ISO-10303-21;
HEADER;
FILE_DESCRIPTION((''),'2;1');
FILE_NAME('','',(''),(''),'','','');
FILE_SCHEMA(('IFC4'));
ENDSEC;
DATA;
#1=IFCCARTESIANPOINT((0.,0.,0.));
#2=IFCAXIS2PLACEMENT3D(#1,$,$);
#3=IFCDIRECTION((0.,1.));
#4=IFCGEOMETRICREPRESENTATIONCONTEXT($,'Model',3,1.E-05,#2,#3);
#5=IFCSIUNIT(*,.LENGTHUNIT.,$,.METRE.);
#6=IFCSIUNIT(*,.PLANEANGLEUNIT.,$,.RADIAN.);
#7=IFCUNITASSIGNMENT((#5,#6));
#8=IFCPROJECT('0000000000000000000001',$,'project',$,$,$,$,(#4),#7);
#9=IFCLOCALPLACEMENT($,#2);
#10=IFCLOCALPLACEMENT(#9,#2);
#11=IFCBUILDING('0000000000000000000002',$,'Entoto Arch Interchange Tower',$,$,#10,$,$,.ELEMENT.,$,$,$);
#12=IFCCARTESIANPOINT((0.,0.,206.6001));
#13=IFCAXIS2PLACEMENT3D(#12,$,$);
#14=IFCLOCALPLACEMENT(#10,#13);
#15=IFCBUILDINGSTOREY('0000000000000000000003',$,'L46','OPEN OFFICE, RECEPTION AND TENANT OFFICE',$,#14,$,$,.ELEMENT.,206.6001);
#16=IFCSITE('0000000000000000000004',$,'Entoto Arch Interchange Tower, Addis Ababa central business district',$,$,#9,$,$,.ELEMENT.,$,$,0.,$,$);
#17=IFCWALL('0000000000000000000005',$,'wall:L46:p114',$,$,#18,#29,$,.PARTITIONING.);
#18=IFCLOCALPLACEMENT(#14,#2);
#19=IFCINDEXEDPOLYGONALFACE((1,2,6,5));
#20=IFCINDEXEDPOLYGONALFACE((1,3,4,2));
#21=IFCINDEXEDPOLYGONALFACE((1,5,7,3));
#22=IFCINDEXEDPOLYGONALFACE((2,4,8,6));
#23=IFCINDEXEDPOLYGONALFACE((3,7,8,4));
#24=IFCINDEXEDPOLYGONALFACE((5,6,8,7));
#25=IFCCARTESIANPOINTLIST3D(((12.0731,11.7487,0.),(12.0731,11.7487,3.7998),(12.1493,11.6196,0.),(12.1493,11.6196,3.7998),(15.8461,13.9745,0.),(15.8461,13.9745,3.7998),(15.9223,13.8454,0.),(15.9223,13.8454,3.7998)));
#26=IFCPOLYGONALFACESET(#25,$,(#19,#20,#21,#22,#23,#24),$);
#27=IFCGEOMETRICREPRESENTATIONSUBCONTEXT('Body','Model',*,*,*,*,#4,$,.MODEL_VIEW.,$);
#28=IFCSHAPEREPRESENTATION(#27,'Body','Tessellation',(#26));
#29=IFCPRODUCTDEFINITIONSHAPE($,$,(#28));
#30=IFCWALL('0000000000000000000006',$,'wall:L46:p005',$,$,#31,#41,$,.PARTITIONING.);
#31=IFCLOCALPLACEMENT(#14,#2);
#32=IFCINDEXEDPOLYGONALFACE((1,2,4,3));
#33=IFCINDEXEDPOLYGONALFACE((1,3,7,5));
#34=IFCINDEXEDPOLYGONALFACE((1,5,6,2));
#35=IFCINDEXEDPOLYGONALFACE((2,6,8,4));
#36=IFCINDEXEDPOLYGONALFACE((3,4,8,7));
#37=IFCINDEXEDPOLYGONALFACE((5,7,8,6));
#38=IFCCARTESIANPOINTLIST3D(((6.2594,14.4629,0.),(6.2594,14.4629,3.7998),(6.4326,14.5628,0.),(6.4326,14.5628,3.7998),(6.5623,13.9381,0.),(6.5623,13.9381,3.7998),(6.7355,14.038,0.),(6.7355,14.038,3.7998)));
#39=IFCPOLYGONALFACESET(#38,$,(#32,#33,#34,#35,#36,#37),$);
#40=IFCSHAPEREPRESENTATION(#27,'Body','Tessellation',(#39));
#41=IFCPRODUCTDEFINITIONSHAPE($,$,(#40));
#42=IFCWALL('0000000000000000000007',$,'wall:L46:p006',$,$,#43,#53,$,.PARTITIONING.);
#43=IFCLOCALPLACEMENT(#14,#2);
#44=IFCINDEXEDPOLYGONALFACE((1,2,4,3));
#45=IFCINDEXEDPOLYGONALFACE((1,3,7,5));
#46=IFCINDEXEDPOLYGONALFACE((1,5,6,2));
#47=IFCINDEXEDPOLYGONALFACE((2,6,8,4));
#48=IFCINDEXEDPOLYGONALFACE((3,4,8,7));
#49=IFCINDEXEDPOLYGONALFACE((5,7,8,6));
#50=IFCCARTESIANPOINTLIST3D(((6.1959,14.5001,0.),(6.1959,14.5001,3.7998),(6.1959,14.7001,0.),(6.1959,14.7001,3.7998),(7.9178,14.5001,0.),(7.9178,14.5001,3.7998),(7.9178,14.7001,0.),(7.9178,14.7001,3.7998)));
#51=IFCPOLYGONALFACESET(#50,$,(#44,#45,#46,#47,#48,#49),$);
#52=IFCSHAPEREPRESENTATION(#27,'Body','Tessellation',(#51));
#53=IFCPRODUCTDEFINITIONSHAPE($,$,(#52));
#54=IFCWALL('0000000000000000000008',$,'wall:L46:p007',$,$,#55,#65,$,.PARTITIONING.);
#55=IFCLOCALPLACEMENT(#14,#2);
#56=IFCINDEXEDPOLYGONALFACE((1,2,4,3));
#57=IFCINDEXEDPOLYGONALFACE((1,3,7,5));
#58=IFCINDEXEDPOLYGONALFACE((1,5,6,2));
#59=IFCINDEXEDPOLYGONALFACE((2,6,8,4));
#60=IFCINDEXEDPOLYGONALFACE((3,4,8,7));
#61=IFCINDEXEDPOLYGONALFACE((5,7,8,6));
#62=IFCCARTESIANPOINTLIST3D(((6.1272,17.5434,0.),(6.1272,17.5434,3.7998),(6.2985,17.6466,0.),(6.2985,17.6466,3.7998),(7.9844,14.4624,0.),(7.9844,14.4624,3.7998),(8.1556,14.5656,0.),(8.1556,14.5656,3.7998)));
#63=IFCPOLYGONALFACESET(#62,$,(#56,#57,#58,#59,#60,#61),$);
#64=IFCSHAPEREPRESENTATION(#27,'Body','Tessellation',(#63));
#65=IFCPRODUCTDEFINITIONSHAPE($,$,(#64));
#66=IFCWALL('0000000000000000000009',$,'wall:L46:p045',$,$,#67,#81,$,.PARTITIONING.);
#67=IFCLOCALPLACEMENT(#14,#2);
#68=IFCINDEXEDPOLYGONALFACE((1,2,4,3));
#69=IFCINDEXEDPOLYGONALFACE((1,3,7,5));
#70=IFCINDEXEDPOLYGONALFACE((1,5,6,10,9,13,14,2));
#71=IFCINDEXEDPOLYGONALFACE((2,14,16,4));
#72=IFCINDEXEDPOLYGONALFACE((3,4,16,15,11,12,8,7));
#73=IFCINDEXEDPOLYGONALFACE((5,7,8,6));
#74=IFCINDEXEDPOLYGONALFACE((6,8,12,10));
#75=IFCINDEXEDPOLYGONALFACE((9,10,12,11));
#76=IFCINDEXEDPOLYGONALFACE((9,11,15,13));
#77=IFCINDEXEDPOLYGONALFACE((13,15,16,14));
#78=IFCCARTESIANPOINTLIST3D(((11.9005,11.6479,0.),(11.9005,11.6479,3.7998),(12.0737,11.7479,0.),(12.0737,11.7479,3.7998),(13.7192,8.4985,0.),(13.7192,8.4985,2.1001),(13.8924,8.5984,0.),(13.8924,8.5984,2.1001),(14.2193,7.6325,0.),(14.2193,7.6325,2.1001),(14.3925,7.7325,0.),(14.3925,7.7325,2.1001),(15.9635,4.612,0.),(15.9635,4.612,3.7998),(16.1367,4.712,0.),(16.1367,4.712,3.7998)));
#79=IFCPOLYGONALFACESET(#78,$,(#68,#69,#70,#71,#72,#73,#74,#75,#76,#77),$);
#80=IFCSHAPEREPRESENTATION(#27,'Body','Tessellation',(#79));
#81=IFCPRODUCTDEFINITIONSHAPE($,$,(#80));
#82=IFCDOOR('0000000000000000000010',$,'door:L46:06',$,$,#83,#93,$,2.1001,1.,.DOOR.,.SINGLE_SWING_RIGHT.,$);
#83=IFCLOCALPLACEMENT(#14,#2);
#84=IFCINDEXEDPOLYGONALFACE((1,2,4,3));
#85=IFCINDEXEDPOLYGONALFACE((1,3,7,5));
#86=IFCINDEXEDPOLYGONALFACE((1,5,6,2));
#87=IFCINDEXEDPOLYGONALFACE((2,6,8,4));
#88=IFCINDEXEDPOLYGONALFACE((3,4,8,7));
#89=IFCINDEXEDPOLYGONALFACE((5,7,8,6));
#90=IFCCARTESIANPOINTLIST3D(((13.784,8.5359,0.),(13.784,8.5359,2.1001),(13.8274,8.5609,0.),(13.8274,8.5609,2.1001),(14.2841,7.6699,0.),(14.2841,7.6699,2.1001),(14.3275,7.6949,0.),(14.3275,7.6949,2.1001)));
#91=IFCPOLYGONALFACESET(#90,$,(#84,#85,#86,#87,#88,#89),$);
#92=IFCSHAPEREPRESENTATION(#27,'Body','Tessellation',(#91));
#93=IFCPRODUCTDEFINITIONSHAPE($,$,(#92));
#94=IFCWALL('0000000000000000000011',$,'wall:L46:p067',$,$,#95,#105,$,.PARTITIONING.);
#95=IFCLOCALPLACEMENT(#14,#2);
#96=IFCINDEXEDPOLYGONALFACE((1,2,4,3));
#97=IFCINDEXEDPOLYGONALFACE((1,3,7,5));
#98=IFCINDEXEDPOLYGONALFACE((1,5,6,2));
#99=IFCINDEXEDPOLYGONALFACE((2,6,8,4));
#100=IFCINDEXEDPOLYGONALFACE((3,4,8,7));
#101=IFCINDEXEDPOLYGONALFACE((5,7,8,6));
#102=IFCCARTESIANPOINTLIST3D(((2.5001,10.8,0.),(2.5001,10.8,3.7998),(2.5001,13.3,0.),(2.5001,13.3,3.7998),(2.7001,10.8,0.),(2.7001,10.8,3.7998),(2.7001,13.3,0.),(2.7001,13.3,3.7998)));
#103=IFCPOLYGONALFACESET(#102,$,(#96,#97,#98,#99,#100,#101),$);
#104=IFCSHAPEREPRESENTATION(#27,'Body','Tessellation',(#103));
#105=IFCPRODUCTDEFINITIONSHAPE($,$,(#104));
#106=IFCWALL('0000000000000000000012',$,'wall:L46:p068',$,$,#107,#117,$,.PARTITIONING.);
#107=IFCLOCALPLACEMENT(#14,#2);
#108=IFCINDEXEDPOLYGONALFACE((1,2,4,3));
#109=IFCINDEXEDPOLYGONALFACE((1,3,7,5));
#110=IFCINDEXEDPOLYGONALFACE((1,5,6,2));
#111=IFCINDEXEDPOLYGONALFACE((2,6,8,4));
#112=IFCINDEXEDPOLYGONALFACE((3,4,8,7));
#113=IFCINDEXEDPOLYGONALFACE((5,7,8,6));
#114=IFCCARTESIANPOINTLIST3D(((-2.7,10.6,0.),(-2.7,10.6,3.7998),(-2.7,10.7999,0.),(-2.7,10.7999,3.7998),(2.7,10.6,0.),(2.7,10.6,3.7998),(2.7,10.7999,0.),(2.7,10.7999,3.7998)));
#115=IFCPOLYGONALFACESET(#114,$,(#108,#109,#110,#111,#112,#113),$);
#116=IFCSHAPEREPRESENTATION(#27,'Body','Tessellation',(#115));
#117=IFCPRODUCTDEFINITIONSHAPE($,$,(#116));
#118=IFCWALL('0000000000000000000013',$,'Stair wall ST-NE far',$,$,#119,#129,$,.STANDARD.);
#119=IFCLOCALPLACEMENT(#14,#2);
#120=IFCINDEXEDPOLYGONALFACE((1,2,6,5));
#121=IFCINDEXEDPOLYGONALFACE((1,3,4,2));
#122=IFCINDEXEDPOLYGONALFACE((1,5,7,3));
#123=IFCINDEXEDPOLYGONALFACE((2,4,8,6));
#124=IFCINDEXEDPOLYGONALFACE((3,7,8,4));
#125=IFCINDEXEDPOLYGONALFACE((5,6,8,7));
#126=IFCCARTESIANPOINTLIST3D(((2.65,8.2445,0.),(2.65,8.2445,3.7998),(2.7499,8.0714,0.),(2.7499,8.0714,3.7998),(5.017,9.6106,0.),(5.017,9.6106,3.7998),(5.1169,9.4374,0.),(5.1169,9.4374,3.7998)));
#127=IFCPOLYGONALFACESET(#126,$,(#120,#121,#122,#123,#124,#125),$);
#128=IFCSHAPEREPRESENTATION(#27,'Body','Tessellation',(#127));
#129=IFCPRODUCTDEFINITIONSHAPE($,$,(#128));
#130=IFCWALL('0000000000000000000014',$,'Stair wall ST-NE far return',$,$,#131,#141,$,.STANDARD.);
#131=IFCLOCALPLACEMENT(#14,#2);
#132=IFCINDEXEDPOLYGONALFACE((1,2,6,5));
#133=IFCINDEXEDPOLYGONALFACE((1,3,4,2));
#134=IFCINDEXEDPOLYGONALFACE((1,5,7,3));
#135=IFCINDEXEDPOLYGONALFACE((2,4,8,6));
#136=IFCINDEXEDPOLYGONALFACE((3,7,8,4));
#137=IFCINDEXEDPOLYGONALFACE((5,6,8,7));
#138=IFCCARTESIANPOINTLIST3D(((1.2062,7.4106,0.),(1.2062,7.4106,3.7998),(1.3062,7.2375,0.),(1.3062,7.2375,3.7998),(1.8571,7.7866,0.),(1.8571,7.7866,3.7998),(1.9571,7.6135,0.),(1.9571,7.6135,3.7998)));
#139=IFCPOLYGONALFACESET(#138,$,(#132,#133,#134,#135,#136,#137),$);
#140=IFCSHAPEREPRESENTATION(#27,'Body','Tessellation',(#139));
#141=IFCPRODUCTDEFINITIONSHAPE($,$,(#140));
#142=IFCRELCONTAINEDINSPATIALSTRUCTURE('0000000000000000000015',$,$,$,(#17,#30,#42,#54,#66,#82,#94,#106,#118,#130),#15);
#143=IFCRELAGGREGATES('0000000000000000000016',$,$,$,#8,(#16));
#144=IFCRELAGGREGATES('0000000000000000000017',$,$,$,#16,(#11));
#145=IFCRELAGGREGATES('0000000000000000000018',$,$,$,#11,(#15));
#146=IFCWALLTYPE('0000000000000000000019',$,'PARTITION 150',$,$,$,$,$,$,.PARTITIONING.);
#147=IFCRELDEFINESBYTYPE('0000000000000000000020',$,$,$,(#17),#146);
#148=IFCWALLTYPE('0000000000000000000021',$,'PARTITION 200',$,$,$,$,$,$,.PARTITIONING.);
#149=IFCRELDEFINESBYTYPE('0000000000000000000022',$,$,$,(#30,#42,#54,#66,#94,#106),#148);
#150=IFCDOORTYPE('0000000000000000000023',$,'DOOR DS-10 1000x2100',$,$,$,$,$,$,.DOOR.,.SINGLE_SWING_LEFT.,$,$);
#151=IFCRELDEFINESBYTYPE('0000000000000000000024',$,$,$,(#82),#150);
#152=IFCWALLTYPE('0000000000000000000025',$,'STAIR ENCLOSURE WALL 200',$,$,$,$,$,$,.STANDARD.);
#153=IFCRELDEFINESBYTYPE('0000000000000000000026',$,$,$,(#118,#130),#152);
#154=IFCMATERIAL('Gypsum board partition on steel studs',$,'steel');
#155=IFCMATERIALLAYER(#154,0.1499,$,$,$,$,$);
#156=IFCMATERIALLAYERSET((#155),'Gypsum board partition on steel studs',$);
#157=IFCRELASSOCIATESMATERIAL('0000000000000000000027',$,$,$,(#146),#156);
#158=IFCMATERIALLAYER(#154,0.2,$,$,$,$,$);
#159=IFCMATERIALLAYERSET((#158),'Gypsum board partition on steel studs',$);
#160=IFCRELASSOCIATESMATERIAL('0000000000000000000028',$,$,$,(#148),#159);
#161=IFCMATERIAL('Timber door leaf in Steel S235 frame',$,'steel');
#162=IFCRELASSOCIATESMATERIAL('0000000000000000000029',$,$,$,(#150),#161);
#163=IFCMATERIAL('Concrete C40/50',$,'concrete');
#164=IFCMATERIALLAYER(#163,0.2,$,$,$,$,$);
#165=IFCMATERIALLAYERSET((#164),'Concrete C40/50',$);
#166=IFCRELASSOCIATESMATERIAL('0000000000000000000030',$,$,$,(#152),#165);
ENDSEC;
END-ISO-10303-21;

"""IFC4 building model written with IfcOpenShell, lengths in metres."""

from ifc_helpers import new_model, si_unit, direction, frame, frame_2d, origin, place, context, subcontext, project, spatial, rectangle, extrude, material, layer, layer_set, type_object, element, fill, save


model = new_model("IFC4")

# Units and contexts
model_context = context("Model", 3, precision=1e-05, world=origin(), true_north=direction((0.0, 1.0)))
body_context = subcontext(model_context, "Body", "Model", "MODEL_VIEW")
ifc_project = project(units=[si_unit("LENGTHUNIT", "METRE"), si_unit("PLANEANGLEUNIT", "RADIAN")], contexts=[model_context])

# Site, building, storey
site_placement = place(None, origin())
site = spatial("IfcSite", under=ifc_project, at=site_placement, Name="Entoto Arch Interchange Tower, Addis Ababa central business district", CompositionType="ELEMENT", RefElevation=0.0)
building_placement = place(site_placement, origin())
building = spatial("IfcBuilding", under=site, at=building_placement, Name="Entoto Arch Interchange Tower", CompositionType="ELEMENT")
storey_placement = place(building_placement, frame((0.0, 0.0, 206.6001)))
storey = spatial("IfcBuildingStorey", under=building, at=storey_placement, Name="L46", Description="OPEN OFFICE, RECEPTION AND TENANT OFFICE", CompositionType="ELEMENT", Elevation=206.6001)

# Shared definitions
ifc_material_1 = material(Name="Concrete C40/50", Category="concrete")

# Walls
ifc_material_2 = material(Name="Gypsum board partition on steel studs", Category="steel")
ifc_layer_1 = layer(ifc_material_2, 0.1499)
ifc_layer_set_1 = layer_set([ifc_layer_1], Name="Gypsum board partition on steel studs")
wall_type_1 = type_object("IfcWallType", Name="PARTITION 150", PredefinedType="PARTITIONING", material=ifc_layer_set_1)
wall_1_placement = place(storey_placement, frame((12.1111, 11.6841, 0.0), z_axis=(0.0, 0.0, 1.0), x_axis=(0.86129, 0.508113, 0.0)))
element("IfcWall", 1, at=wall_1_placement, inside=storey, type_object=wall_type_1, Name="wall:L46:p114", PredefinedType="PARTITIONING", context=body_context, shape_type="SweptSolid", body=[
    extrude(rectangle(XDim=4.3806, YDim=0.1499, at=frame_2d((2.1904, 0.0))), origin(), (0.0, 0.0, 1.0), 3.7998),
])
ifc_layer_2 = layer(ifc_material_2, 0.2)
ifc_layer_set_2 = layer_set([ifc_layer_2], Name="Gypsum board partition on steel studs")
wall_type_2 = type_object("IfcWallType", Name="PARTITION 200", PredefinedType="PARTITIONING", material=ifc_layer_set_2)
wall_2_placement = place(storey_placement, frame((6.6489, 13.988, 0.0), z_axis=(0.0, 0.0, 1.0), x_axis=(-0.499908, 0.866078, 0.0)))
element("IfcWall", 2, at=wall_2_placement, inside=storey, type_object=wall_type_2, Name="wall:L46:p005", PredefinedType="PARTITIONING", context=body_context, shape_type="SweptSolid", body=[
    extrude(rectangle(XDim=0.606, YDim=0.2, at=frame_2d((0.303, 0.0))), origin(), (0.0, 0.0, 1.0), 3.7998),
])
wall_3_placement = place(storey_placement, frame((6.196, 14.6001, 0.0), z_axis=(0.0, 0.0, 1.0), x_axis=(1.0, 0.0, 0.0)))
element("IfcWall", 3, at=wall_3_placement, inside=storey, type_object=wall_type_2, Name="wall:L46:p006", PredefinedType="PARTITIONING", context=body_context, shape_type="SweptSolid", body=[
    extrude(rectangle(XDim=1.7219, YDim=0.2, at=frame_2d((0.8608, 0.0))), origin(), (0.0, 0.0, 1.0), 3.7998),
])
wall_4_placement = place(storey_placement, frame((8.0701, 14.5139, 0.0), z_axis=(0.0, 0.0, 1.0), x_axis=(-0.516241, 0.856443, 0.0)))
element("IfcWall", 4, at=wall_4_placement, inside=storey, type_object=wall_type_2, Name="wall:L46:p007", PredefinedType="PARTITIONING", context=body_context, shape_type="SweptSolid", body=[
    extrude(rectangle(XDim=3.5974, YDim=0.2, at=frame_2d((1.7988, 0.0))), origin(), (0.0, 0.0, 1.0), 3.7998),
])

# Wall, opening, door
wall_5_placement = place(storey_placement, frame((11.9871, 11.698, 0.0), z_axis=(0.0, 0.0, 1.0), x_axis=(0.500075, -0.865982, 0.0)))
wall_5 = element("IfcWall", 5, at=wall_5_placement, inside=storey, type_object=wall_type_2, Name="wall:L46:p045", PredefinedType="PARTITIONING", context=body_context, shape_type="SweptSolid", body=[
    extrude(rectangle(XDim=8.1248, YDim=0.2, at=frame_2d((4.0625, 0.0))), origin(), (0.0, 0.0, 1.0), 3.7998),
])
opening_1_placement = place(wall_5_placement, frame((3.637, 0.0, 0.0)))
opening_1 = element("IfcOpeningElement", 6, at=opening_1_placement, cuts=wall_5, PredefinedType="OPENING", context=body_context, shape_type="SweptSolid", body=[
    extrude(rectangle(XDim=1.0, YDim=2.1001, at=frame_2d((0.5, 1.05))), frame((0.0, 0.1099, 0.0), z_axis=(0.0, -1.0, 0.0), x_axis=(1.0, 0.0, 0.0)), (0.0, 0.0, 1.0), 0.22),
])
ifc_material_3 = material(Name="Timber door leaf in Steel S235 frame", Category="steel")
door_type_1 = type_object("IfcDoorType", Name="DOOR DS-10 1000x2100", OperationType="SINGLE_SWING_LEFT", PredefinedType="DOOR", material=ifc_material_3)
door_1_placement = place(opening_1_placement, origin())
door_1 = element("IfcDoor", 7, at=door_1_placement, inside=storey, type_object=door_type_1, Name="door:L46:06", OperationType="SINGLE_SWING_RIGHT", OverallHeight=2.1001, OverallWidth=1.0, PredefinedType="DOOR", context=body_context, shape_type="SweptSolid", body=[
    extrude(rectangle(XDim=1.0, YDim=2.1001, at=frame_2d((0.5, 1.05))), frame((0.0, 0.0249, 0.0), z_axis=(0.0, -1.0, 0.0), x_axis=(1.0, 0.0, 0.0)), (0.0, 0.0, 1.0), 0.05),
])
fill(opening_1, door_1)

# Walls
wall_6_placement = place(storey_placement, frame((2.6001, 13.3, 0.0), z_axis=(0.0, 0.0, 1.0), x_axis=(0.0, -1.0, 0.0)))
element("IfcWall", 8, at=wall_6_placement, inside=storey, type_object=wall_type_2, Name="wall:L46:p067", PredefinedType="PARTITIONING", context=body_context, shape_type="SweptSolid", body=[
    extrude(rectangle(XDim=2.5, YDim=0.2, at=frame_2d((1.25, 0.0))), origin(), (0.0, 0.0, 1.0), 3.7998),
])
wall_7_placement = place(storey_placement, frame((2.7, 10.7, 0.0), z_axis=(0.0, 0.0, 1.0), x_axis=(-1.0, 0.0, 0.0)))
element("IfcWall", 9, at=wall_7_placement, inside=storey, type_object=wall_type_2, Name="wall:L46:p068", PredefinedType="PARTITIONING", context=body_context, shape_type="SweptSolid", body=[
    extrude(rectangle(XDim=5.3999, YDim=0.2, at=frame_2d((2.7, 0.0))), origin(), (0.0, 0.0, 1.0), 3.7998),
])
ifc_layer_3 = layer(ifc_material_1, 0.2)
ifc_layer_set_3 = layer_set([ifc_layer_3], Name="Concrete C40/50")
wall_type_3 = type_object("IfcWallType", Name="STAIR ENCLOSURE WALL 200", PredefinedType="STANDARD", material=ifc_layer_set_3)
wall_8_placement = place(storey_placement, frame((2.7, 8.158, 0.0), z_axis=(0.0, 0.0, 1.0), x_axis=(0.866119, 0.499838, 0.0)))
element("IfcWall", 10, at=wall_8_placement, inside=storey, type_object=wall_type_3, Name="Stair wall ST-NE far", PredefinedType="STANDARD", context=body_context, shape_type="SweptSolid", body=[
    extrude(rectangle(XDim=2.7329, YDim=0.2, at=frame_2d((1.3665, 0.0))), origin(), (0.0, 0.0, 1.0), 3.7998),
])
wall_9_placement = place(storey_placement, frame((1.2561, 7.324, 0.0), z_axis=(0.0, 0.0, 1.0), x_axis=(0.865915, 0.500191, 0.0)))
element("IfcWall", 11, at=wall_9_placement, inside=storey, type_object=wall_type_3, Name="Stair wall ST-NE far return", PredefinedType="STANDARD", context=body_context, shape_type="SweptSolid", body=[
    extrude(rectangle(XDim=0.7517, YDim=0.2, at=frame_2d((0.376, 0.0))), origin(), (0.0, 0.0, 1.0), 3.7998),
])

save(model, "model.ifc")
